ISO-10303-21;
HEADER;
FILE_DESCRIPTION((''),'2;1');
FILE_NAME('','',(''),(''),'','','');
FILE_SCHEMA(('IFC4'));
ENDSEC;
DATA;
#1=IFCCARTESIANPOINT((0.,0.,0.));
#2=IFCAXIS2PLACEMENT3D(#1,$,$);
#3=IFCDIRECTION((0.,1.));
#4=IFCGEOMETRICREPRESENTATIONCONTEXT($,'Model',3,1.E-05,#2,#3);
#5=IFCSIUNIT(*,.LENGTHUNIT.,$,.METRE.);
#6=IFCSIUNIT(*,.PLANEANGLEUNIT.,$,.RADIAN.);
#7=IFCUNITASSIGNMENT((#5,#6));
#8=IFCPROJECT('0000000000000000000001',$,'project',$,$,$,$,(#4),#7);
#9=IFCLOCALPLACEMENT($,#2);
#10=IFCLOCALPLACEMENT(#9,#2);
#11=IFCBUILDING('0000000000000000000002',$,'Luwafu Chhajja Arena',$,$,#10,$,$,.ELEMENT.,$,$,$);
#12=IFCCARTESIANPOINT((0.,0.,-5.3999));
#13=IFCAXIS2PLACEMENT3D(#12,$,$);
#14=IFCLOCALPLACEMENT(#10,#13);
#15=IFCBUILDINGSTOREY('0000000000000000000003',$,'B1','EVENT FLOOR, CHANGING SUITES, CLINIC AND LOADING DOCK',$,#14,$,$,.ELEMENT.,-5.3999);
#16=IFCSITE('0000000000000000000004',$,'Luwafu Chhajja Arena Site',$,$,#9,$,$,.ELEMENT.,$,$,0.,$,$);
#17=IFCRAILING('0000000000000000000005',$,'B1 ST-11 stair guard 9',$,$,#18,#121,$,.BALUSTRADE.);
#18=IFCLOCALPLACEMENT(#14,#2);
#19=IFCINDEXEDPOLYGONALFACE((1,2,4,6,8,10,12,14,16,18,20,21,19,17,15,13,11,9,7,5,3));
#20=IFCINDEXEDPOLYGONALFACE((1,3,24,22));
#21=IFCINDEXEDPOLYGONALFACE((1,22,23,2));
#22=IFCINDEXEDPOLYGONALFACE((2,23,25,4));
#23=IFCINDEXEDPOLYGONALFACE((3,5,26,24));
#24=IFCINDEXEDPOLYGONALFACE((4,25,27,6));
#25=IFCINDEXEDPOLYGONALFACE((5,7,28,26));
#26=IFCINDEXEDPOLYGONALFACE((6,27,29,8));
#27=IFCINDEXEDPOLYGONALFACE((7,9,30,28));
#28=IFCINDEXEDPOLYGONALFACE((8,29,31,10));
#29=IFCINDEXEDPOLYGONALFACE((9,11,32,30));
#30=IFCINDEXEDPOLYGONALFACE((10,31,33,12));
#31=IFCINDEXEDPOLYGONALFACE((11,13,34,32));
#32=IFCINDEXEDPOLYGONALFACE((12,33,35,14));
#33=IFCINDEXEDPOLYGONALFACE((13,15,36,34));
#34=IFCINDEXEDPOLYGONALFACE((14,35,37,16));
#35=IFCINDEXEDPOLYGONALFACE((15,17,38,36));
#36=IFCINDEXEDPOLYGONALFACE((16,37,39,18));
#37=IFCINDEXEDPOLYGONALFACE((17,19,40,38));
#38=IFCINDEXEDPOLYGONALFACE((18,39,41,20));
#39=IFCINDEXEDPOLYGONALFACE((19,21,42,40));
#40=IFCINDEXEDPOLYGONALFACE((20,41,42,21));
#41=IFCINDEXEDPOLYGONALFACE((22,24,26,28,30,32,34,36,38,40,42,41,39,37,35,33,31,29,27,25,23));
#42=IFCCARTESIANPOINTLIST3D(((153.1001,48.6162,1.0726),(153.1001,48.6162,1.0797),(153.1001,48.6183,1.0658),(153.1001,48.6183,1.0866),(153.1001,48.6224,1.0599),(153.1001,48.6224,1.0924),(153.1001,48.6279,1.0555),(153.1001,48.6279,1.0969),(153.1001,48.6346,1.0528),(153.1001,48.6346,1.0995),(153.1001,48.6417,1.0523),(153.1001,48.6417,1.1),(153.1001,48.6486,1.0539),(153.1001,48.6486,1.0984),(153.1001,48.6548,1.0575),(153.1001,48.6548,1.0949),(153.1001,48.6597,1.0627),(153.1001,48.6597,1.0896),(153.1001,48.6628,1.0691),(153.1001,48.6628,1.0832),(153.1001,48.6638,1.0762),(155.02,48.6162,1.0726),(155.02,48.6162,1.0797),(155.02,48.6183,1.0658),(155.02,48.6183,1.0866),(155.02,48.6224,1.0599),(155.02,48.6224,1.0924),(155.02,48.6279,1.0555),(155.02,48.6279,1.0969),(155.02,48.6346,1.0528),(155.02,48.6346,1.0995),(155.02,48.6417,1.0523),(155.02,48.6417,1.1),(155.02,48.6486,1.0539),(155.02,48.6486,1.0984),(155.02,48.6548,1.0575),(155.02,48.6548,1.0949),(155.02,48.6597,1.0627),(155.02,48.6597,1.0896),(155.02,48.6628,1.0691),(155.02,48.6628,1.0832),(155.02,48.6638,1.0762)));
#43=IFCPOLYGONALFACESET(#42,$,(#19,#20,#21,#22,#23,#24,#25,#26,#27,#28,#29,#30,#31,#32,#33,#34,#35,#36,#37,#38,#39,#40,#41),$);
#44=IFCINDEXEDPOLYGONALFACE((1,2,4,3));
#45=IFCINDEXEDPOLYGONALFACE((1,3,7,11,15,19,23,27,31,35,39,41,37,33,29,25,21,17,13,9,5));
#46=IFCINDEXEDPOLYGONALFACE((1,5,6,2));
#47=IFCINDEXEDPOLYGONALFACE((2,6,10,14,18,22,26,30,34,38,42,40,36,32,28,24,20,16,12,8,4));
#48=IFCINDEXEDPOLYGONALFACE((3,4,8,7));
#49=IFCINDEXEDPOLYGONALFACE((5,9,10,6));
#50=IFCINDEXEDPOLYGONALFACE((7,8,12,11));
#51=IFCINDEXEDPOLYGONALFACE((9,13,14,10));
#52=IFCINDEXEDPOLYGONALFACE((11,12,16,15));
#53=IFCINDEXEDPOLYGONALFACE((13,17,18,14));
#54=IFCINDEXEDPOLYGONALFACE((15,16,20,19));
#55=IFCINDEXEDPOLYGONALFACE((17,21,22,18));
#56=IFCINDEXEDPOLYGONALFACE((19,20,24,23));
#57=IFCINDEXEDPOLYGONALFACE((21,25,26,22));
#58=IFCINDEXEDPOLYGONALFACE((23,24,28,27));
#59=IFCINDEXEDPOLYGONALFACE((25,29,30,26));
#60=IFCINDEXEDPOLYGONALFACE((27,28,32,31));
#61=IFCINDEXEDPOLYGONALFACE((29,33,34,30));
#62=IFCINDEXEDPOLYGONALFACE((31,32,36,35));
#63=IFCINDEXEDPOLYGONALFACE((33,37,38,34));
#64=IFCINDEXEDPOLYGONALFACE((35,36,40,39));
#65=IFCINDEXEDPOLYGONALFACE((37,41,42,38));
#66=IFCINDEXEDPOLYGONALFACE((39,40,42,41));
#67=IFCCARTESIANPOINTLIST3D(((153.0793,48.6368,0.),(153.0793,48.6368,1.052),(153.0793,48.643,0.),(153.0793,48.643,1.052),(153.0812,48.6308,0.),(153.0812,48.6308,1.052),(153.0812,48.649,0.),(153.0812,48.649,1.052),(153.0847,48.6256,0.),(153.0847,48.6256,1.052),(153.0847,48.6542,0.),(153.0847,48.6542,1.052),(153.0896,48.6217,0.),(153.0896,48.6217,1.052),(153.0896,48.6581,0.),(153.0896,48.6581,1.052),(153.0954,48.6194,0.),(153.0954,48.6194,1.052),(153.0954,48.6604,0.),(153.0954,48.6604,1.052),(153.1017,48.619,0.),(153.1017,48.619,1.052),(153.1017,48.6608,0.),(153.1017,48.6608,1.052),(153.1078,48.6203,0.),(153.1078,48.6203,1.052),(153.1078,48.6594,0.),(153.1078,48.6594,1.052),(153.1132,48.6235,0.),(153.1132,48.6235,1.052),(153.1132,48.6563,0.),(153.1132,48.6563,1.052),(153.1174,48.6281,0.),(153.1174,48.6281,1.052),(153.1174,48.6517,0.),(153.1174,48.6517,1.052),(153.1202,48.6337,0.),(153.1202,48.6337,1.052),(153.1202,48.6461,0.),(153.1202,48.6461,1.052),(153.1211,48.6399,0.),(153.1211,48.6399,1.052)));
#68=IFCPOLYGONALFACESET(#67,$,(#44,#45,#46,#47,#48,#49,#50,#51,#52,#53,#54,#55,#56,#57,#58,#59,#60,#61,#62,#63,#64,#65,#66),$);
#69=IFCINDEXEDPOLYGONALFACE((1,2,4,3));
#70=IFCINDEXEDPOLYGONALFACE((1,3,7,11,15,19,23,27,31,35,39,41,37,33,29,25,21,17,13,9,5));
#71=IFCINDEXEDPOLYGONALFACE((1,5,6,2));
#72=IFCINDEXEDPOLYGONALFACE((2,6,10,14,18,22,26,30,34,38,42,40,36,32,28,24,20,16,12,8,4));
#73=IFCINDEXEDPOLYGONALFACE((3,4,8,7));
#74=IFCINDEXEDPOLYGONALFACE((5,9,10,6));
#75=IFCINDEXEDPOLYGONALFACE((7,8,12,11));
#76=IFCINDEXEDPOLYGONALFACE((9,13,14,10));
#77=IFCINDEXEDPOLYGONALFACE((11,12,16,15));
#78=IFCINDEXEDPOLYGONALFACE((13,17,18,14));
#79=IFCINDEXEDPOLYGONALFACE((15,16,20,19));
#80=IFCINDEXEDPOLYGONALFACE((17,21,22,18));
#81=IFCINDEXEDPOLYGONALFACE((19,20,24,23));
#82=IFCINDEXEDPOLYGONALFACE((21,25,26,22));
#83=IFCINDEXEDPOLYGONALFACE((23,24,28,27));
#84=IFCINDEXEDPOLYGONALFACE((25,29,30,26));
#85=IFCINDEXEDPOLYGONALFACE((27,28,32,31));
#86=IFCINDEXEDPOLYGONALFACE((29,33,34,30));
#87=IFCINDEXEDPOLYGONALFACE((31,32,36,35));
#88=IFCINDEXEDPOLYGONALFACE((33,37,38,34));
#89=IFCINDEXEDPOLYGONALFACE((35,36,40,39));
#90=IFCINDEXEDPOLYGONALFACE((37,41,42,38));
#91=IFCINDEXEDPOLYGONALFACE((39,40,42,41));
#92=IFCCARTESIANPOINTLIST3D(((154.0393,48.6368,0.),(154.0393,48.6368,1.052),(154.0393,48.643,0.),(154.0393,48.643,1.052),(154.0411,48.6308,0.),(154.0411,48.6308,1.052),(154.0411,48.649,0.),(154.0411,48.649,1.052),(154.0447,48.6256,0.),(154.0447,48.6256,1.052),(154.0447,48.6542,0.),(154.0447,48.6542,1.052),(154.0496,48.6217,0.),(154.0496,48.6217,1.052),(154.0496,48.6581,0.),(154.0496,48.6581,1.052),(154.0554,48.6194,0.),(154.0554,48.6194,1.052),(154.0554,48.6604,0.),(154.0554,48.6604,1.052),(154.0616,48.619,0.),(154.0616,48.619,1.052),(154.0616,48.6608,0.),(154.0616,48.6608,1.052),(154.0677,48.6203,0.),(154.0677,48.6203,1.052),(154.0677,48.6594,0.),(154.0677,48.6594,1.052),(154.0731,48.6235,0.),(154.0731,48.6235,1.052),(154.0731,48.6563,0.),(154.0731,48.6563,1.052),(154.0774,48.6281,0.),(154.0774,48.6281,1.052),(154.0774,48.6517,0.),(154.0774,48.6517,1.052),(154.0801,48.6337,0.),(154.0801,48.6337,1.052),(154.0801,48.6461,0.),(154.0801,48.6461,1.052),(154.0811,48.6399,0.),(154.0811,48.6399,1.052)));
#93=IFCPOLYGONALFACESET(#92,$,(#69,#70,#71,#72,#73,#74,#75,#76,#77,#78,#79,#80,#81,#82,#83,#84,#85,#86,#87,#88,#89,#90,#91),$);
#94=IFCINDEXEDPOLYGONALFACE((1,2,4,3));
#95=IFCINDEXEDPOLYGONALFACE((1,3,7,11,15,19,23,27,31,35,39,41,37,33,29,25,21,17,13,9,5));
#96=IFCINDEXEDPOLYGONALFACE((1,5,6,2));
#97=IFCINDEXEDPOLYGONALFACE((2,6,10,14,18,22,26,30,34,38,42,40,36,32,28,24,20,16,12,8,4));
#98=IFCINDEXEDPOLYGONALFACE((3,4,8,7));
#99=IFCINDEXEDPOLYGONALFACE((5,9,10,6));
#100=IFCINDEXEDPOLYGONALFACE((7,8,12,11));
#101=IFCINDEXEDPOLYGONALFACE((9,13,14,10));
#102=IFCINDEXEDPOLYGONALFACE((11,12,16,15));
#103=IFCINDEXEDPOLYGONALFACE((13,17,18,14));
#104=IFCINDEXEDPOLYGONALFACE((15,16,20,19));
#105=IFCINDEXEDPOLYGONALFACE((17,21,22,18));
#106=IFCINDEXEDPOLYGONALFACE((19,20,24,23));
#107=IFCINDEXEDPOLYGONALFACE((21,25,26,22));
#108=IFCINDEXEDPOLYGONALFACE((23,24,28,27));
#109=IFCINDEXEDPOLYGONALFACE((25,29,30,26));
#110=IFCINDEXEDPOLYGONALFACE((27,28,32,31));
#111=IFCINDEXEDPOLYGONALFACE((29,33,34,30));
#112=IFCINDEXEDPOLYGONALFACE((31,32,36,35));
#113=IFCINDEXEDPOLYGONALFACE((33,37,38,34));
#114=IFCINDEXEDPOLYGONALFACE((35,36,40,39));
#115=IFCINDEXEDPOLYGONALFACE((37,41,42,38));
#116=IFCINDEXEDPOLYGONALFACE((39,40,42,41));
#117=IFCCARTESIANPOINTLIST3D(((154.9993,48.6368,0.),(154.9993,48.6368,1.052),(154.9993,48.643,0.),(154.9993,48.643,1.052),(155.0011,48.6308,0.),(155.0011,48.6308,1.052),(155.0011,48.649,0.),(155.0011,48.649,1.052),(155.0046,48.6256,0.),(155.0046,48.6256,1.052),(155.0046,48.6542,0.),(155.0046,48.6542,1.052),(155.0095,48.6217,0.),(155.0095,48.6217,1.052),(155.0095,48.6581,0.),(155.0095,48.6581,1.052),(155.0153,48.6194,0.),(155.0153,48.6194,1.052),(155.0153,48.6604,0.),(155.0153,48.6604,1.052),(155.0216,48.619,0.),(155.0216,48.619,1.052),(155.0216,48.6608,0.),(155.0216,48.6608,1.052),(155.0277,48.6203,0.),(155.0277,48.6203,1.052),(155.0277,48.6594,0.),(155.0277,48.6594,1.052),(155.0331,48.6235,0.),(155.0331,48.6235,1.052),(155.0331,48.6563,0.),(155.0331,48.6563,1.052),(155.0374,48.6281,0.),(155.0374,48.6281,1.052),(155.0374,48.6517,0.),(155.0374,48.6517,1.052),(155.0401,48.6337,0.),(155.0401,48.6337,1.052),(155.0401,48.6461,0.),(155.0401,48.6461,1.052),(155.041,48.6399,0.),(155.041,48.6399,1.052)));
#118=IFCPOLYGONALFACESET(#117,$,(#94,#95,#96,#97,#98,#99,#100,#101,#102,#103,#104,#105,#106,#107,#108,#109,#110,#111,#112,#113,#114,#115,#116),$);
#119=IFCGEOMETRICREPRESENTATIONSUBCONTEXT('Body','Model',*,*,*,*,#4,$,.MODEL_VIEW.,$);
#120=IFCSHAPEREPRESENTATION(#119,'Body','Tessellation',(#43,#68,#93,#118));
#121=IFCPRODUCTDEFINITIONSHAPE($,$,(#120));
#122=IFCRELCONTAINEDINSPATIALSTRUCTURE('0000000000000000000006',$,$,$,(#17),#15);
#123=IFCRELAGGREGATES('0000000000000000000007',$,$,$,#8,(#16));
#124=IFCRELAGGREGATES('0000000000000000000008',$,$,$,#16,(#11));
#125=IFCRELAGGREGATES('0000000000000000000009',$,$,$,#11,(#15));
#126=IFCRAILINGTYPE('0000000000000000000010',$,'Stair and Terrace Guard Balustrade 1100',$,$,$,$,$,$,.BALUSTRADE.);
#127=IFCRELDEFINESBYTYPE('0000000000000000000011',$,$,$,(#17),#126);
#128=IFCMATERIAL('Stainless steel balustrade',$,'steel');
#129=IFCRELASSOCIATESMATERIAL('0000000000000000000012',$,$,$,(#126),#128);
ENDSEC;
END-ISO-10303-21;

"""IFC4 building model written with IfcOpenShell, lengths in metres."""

from ifc_helpers import new_model, si_unit, direction, frame, origin, origin_2d, place, context, subcontext, project, spatial, circle, extrude, material, type_object, element, save


model = new_model("IFC4")

# Units and contexts
model_context = context("Model", 3, precision=1e-05, world=origin(), true_north=direction((0.0, 1.0)))
body_context = subcontext(model_context, "Body", "Model", "MODEL_VIEW")
ifc_project = project(units=[si_unit("LENGTHUNIT", "METRE"), si_unit("PLANEANGLEUNIT", "RADIAN")], contexts=[model_context])

# Site, building, storey
site_placement = place(None, origin())
site = spatial("IfcSite", under=ifc_project, at=site_placement, Name="Luwafu Chhajja Arena Site", CompositionType="ELEMENT", RefElevation=0.0)
building_placement = place(site_placement, origin())
building = spatial("IfcBuilding", under=site, at=building_placement, Name="Luwafu Chhajja Arena", CompositionType="ELEMENT")
storey_placement = place(building_placement, frame((0.0, 0.0, -5.3999)))
storey = spatial("IfcBuildingStorey", under=building, at=storey_placement, Name="B1", Description="EVENT FLOOR, CHANGING SUITES, CLINIC AND LOADING DOCK", CompositionType="ELEMENT", Elevation=-5.3999)

# Railing
ifc_material_1 = material(Name="Stainless steel balustrade", Category="steel")
railing_type_1 = type_object("IfcRailingType", Name="Stair and Terrace Guard Balustrade 1100", PredefinedType="BALUSTRADE", material=ifc_material_1)
for number, where, name in (
    (1, (153.1001, 48.6399, 0.0), "B1 ST-11 stair guard 9"),
):
    element("IfcRailing", number, at=place(storey_placement, frame(where)), inside=storey, type_object=railing_type_1, Name=name, PredefinedType="BALUSTRADE", context=body_context, shape_type="SweptSolid", body=[
        extrude(circle(Radius=0.0239, at=origin_2d()), frame((0.0, 0.0, 1.0762), z_axis=(1.0, 0.0, 0.0), x_axis=(0.0, 1.0, 0.0)), (0.0, 0.0, 1.0), 1.9199),
        extrude(circle(Radius=0.021, at=origin_2d()), origin(), (0.0, 0.0, 1.0), 1.052),
        extrude(circle(Radius=0.021, at=origin_2d()), frame((0.96, 0.0, 0.0)), (0.0, 0.0, 1.0), 1.052),
        extrude(circle(Radius=0.021, at=origin_2d()), frame((1.9199, 0.0, 0.0)), (0.0, 0.0, 1.0), 1.052),
    ])

save(model, "model.ifc")
